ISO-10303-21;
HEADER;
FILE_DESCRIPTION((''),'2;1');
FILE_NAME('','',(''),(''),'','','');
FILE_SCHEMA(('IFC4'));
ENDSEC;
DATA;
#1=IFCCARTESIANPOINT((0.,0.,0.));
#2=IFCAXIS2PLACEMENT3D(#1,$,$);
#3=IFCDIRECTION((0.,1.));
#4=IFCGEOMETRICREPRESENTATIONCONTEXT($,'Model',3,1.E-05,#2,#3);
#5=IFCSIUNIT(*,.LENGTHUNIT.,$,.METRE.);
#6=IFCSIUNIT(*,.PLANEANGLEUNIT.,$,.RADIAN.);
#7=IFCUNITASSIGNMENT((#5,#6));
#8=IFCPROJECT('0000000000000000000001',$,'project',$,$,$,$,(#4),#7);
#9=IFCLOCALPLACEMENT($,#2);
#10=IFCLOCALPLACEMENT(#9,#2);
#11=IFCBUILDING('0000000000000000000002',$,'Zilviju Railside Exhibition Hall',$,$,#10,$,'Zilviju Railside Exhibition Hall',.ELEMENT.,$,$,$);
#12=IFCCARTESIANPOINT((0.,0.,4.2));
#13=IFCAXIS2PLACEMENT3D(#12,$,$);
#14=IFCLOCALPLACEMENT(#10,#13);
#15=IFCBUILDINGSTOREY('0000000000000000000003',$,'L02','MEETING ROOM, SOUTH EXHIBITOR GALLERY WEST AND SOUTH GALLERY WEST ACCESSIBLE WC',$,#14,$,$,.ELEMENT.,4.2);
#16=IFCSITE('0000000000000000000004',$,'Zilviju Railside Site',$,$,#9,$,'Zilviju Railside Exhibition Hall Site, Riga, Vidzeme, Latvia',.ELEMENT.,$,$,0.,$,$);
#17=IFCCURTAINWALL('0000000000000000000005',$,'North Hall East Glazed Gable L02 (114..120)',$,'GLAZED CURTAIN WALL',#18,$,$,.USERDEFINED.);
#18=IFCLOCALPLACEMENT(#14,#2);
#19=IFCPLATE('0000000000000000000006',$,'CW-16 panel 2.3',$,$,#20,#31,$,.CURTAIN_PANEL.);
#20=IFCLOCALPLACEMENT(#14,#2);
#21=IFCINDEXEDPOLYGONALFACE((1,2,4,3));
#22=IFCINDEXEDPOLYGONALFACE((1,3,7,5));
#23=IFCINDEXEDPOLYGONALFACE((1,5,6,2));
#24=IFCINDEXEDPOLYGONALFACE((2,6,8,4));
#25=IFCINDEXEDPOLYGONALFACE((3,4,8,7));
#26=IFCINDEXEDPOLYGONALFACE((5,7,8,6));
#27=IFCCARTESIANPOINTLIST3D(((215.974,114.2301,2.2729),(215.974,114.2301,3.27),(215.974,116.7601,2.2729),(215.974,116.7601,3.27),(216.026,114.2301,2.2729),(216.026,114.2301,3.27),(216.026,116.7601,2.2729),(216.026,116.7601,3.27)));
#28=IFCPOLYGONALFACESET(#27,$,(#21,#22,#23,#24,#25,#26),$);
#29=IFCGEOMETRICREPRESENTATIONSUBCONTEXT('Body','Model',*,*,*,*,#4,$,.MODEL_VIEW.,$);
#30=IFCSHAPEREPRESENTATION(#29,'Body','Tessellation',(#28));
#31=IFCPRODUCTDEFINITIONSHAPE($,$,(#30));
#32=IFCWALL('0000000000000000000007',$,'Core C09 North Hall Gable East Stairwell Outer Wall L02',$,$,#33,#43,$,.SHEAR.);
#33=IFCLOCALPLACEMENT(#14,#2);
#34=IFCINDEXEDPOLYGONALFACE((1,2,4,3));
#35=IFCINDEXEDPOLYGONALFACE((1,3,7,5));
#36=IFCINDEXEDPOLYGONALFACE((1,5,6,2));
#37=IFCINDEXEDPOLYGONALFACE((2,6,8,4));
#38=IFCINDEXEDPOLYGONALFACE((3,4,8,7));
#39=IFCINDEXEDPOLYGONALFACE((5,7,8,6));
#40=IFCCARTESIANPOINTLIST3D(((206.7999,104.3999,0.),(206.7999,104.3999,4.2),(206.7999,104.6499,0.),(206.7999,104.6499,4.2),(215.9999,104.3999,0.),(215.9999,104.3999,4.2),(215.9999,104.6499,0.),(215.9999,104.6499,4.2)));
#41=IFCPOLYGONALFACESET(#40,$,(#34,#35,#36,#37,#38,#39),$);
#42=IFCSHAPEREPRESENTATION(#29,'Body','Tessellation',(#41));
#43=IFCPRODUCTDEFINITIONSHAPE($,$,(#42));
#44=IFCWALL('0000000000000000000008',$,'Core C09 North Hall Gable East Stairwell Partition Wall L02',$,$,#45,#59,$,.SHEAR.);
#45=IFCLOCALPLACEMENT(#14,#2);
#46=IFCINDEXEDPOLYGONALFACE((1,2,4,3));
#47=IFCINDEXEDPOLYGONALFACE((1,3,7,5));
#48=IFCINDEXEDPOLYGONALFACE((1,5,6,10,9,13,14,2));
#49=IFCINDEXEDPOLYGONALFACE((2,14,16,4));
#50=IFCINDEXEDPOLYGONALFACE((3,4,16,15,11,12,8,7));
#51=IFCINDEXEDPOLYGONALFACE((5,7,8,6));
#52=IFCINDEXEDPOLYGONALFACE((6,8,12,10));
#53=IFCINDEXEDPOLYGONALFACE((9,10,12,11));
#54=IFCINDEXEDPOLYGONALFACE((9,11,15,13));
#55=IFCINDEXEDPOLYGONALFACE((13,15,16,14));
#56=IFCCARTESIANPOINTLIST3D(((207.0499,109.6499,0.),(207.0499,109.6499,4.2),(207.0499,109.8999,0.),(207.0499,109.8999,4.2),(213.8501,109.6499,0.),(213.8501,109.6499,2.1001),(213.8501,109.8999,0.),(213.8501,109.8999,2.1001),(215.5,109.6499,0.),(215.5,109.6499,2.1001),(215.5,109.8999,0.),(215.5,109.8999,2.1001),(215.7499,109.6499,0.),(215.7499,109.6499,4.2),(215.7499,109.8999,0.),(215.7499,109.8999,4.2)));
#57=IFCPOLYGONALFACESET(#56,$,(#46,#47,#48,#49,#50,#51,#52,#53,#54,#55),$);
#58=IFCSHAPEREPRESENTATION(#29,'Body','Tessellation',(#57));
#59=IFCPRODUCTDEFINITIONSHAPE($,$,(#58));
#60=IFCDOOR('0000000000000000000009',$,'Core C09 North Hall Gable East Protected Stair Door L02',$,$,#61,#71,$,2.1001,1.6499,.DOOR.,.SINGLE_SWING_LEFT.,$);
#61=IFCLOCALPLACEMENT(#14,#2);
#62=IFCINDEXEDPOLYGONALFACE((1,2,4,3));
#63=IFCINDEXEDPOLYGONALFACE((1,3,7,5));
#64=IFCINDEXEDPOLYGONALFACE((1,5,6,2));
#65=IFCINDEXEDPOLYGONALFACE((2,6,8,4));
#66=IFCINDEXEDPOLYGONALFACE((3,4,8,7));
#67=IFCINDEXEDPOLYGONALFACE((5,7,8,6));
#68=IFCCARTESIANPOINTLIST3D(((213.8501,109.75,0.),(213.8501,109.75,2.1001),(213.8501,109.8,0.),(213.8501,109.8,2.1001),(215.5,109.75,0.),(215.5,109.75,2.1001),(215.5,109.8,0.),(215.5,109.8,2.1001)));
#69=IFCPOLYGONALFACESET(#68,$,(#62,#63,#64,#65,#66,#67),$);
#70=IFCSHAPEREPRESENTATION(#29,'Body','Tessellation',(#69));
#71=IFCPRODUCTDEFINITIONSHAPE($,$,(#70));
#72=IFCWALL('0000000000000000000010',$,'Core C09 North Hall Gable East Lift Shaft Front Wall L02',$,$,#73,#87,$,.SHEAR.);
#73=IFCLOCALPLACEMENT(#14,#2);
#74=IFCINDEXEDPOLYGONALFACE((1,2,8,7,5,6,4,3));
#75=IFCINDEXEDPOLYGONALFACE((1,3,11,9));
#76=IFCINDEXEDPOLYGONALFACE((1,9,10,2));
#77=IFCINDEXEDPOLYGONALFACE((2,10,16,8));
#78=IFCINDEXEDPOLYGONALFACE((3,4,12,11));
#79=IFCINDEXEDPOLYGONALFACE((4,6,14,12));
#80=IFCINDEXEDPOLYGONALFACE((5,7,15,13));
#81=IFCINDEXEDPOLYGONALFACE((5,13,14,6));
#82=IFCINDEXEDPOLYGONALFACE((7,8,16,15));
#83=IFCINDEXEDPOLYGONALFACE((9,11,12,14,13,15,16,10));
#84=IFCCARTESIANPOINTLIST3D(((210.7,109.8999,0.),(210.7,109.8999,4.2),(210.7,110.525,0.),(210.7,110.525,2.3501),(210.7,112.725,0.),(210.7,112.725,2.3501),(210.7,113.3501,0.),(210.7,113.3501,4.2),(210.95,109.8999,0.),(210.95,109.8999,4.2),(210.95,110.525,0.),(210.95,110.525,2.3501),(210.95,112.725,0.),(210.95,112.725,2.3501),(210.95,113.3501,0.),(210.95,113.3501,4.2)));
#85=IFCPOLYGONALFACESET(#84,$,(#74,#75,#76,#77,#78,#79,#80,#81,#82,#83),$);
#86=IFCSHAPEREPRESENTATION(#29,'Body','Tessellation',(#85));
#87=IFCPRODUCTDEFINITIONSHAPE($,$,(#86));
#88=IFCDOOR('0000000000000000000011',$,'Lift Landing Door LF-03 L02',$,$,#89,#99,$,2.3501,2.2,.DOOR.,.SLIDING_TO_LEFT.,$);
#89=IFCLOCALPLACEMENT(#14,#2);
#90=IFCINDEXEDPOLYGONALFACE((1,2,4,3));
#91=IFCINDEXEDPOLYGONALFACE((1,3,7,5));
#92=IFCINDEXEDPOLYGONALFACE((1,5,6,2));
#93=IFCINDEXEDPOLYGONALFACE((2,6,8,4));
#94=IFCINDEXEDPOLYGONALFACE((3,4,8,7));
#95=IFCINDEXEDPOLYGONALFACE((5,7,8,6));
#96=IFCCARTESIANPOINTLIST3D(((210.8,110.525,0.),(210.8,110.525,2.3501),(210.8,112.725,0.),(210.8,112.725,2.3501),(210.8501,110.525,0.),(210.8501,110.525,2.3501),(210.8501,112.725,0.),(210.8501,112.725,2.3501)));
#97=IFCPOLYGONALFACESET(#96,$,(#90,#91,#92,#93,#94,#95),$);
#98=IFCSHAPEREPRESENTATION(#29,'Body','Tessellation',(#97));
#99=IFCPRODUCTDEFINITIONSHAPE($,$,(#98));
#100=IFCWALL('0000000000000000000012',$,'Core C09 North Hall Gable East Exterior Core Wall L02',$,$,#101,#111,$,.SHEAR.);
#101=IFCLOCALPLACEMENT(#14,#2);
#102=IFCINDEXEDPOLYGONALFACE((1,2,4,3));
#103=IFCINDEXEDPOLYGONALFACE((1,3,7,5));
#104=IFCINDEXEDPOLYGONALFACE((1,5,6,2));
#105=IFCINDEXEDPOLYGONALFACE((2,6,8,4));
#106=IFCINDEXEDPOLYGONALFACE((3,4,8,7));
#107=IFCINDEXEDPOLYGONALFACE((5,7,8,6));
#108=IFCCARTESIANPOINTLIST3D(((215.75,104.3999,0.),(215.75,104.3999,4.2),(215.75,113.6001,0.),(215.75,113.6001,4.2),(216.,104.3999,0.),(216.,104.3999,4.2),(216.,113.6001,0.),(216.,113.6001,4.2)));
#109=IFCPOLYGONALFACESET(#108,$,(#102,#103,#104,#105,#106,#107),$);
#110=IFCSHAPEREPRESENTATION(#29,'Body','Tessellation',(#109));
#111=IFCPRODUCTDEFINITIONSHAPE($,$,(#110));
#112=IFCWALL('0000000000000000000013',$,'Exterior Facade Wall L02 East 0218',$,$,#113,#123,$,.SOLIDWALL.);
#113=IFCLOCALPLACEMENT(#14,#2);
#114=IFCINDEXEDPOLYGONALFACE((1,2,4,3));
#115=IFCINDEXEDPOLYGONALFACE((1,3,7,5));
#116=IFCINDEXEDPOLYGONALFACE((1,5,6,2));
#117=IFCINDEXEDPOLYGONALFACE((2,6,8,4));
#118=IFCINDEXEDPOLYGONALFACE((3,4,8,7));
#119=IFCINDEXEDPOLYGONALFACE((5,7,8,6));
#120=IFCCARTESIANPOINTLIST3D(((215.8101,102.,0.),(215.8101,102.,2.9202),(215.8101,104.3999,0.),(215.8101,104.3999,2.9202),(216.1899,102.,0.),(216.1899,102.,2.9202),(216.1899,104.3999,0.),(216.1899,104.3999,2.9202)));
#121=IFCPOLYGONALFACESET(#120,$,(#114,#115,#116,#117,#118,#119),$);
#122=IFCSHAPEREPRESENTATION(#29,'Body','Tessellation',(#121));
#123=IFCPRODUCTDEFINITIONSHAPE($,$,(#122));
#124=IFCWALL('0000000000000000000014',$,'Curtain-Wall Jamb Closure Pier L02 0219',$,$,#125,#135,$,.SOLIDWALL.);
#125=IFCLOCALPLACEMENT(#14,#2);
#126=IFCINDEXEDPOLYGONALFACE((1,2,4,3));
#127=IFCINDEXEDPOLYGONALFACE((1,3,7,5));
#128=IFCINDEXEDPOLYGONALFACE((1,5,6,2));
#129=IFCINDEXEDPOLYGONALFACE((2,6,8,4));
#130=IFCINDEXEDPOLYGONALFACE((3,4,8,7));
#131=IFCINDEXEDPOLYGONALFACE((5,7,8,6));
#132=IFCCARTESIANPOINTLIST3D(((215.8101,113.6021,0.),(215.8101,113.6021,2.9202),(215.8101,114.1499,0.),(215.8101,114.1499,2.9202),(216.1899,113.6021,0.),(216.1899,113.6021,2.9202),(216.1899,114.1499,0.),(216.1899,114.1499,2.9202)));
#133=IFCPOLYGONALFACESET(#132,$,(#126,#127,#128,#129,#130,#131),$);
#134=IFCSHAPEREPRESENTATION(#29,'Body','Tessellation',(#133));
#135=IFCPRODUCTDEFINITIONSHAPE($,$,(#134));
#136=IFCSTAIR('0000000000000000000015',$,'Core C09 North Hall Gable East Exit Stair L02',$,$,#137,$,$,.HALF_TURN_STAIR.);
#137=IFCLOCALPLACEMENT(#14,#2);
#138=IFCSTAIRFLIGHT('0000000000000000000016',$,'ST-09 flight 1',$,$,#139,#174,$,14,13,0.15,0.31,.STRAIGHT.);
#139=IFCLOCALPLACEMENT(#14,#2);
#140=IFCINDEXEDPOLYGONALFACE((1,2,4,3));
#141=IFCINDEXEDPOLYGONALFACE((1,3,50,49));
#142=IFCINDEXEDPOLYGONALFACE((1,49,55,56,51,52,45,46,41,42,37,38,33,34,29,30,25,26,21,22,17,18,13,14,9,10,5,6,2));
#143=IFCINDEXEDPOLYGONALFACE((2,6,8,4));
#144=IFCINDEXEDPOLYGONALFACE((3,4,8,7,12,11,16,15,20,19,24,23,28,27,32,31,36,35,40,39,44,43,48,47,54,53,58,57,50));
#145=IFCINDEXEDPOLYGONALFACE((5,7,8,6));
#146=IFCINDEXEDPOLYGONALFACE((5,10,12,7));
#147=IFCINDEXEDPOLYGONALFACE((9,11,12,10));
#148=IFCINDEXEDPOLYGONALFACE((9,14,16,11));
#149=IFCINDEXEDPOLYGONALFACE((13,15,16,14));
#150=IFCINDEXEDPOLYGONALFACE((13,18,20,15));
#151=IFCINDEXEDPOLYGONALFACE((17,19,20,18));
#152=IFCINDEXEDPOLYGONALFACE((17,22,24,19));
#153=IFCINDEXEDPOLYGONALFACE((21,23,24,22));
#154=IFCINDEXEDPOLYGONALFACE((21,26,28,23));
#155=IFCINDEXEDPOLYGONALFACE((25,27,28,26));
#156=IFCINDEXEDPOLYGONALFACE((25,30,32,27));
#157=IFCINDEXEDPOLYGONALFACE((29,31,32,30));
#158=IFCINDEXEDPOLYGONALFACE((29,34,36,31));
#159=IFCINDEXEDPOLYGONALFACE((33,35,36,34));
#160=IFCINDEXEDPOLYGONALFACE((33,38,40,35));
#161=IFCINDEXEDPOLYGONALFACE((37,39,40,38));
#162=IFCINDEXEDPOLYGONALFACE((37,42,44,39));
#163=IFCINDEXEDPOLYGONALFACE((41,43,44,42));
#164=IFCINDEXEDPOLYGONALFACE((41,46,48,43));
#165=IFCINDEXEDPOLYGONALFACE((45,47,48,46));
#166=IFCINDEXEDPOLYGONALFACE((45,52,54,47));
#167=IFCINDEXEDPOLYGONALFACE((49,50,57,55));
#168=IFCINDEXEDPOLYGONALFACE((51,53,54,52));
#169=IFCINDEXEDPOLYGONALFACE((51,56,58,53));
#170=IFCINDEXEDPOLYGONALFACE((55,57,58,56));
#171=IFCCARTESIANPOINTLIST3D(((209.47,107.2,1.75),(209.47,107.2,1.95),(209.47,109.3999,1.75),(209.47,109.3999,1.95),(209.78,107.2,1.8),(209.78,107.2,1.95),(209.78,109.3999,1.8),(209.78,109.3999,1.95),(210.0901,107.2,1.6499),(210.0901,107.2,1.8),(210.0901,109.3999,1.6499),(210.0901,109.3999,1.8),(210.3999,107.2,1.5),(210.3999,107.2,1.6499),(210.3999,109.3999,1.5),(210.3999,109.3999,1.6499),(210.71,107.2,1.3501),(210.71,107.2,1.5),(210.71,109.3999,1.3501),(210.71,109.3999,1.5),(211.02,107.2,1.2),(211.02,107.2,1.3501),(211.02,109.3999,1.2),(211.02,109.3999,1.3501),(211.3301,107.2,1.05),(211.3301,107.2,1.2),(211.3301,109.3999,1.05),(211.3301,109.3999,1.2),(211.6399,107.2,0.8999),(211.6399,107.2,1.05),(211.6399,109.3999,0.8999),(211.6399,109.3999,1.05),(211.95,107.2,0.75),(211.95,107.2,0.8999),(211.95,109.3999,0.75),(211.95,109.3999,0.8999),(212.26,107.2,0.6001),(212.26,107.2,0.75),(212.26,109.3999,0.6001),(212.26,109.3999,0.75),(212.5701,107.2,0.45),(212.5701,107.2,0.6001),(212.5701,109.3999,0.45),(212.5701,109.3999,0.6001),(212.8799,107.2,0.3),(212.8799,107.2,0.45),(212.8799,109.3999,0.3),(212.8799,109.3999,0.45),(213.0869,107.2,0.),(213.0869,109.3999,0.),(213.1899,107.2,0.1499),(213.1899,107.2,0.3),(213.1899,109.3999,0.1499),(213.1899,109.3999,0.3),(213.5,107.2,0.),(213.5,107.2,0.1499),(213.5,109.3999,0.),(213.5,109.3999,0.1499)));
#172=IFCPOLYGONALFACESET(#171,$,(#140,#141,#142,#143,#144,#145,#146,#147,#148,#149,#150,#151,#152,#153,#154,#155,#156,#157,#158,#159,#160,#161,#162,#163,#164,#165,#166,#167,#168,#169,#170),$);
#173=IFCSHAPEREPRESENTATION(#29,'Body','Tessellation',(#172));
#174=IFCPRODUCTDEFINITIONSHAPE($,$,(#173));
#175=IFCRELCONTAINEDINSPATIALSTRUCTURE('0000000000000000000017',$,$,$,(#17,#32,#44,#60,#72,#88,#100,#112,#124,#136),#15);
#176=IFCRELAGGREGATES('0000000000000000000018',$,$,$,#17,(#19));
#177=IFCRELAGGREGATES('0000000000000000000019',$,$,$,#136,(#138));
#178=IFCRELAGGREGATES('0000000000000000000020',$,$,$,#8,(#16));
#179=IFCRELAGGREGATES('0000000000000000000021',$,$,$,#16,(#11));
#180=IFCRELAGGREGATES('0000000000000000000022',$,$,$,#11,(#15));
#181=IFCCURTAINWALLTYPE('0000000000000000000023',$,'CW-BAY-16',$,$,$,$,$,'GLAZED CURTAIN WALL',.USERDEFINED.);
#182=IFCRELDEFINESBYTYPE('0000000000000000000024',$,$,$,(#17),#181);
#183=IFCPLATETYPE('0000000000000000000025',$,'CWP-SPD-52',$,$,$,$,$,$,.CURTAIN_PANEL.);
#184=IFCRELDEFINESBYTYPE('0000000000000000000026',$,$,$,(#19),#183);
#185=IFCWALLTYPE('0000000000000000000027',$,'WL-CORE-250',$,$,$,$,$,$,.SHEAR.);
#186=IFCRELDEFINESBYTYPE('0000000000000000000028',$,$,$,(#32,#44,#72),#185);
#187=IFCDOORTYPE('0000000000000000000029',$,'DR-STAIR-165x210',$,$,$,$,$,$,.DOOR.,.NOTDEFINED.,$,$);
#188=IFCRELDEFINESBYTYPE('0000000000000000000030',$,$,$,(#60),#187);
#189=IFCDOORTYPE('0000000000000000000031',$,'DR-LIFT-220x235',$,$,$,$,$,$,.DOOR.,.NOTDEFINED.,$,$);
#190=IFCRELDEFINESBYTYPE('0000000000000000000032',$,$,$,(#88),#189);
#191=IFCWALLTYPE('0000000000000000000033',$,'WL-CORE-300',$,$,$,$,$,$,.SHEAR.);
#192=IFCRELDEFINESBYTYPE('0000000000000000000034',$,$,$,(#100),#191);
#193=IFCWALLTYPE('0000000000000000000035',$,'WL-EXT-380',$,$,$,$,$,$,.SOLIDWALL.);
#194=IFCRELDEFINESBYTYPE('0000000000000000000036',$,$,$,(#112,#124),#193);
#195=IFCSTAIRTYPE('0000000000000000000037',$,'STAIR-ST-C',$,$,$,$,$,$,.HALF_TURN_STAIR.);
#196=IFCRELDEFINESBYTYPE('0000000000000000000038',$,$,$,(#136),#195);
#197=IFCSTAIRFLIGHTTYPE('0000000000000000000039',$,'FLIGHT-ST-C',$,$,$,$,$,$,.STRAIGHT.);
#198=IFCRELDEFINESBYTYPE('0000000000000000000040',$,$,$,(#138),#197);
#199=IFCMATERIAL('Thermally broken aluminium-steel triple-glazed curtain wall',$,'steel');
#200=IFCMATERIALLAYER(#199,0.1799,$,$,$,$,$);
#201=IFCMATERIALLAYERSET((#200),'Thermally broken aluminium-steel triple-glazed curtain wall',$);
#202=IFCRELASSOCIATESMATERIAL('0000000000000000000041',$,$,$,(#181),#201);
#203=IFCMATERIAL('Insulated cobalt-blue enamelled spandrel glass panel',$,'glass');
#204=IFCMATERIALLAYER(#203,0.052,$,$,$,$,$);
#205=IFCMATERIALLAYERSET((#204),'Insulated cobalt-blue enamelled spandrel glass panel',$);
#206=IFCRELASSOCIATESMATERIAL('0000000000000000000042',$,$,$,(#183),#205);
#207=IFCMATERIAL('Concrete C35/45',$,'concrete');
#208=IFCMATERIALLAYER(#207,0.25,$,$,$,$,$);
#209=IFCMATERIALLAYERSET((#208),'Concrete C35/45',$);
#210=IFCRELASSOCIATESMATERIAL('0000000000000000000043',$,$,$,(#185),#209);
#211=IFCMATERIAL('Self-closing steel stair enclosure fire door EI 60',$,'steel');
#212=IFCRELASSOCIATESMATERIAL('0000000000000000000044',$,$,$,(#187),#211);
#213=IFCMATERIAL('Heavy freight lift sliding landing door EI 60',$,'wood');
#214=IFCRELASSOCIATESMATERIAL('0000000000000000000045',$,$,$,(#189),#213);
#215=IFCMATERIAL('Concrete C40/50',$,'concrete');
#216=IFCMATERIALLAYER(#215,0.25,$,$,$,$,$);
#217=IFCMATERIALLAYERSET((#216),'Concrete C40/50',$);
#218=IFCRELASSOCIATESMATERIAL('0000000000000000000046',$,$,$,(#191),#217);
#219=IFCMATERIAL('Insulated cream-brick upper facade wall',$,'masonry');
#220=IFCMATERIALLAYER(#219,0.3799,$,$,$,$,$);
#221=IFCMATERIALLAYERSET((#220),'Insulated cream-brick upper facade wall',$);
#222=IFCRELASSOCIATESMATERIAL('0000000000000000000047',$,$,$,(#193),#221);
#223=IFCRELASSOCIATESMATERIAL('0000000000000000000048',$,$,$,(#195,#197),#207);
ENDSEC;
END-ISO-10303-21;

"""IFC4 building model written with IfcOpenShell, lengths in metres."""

from ifc_helpers import new_model, si_unit, direction, frame, frame_2d, origin, origin_2d, place, context, subcontext, project, spatial, polyline, rectangle, outline, extrude, material, layer, layer_set, type_object, element, fill, aggregate, save


model = new_model("IFC4")

# Units and contexts
model_context = context("Model", 3, precision=1e-05, world=origin(), true_north=direction((0.0, 1.0)))
body_context = subcontext(model_context, "Body", "Model", "MODEL_VIEW")
ifc_project = project(units=[si_unit("LENGTHUNIT", "METRE"), si_unit("PLANEANGLEUNIT", "RADIAN")], contexts=[model_context])

# Site, building, storey
site_placement = place(None, origin())
site = spatial("IfcSite", under=ifc_project, at=site_placement, Name="Zilviju Railside Site", LongName="Zilviju Railside Exhibition Hall Site, Riga, Vidzeme, Latvia", CompositionType="ELEMENT", RefElevation=0.0)
building_placement = place(site_placement, origin())
building = spatial("IfcBuilding", under=site, at=building_placement, Name="Zilviju Railside Exhibition Hall", LongName="Zilviju Railside Exhibition Hall", CompositionType="ELEMENT")
storey_placement = place(building_placement, frame((0.0, 0.0, 4.2)))
storey = spatial("IfcBuildingStorey", under=building, at=storey_placement, Name="L02", Description="MEETING ROOM, SOUTH EXHIBITOR GALLERY WEST AND SOUTH GALLERY WEST ACCESSIBLE WC", CompositionType="ELEMENT", Elevation=4.2)

# Curtain wall, plate
ifc_material_1 = material(Name="Thermally broken aluminium-steel triple-glazed curtain wall", Category="steel")
ifc_layer_1 = layer(ifc_material_1, 0.1799)
ifc_layer_set_1 = layer_set([ifc_layer_1], Name="Thermally broken aluminium-steel triple-glazed curtain wall")
curtain_wall_type = type_object("IfcCurtainWallType", Name="CW-BAY-16", ElementType="GLAZED CURTAIN WALL", PredefinedType="USERDEFINED", material=ifc_layer_set_1)
curtain_wall_placement = place(storey_placement, origin())
curtain_wall = element("IfcCurtainWall", 1, at=curtain_wall_placement, inside=storey, type_object=curtain_wall_type, Name="North Hall East Glazed Gable L02 (114..120)", ObjectType="GLAZED CURTAIN WALL", PredefinedType="USERDEFINED")
ifc_material_2 = material(Name="Insulated cobalt-blue enamelled spandrel glass panel", Category="glass")
ifc_layer_2 = layer(ifc_material_2, 0.052)
ifc_layer_set_2 = layer_set([ifc_layer_2], Name="Insulated cobalt-blue enamelled spandrel glass panel")
plate_type = type_object("IfcPlateType", Name="CWP-SPD-52", PredefinedType="CURTAIN_PANEL", material=ifc_layer_set_2)
plate_1_placement = place(storey_placement, frame((216.0, 115.4951, 2.2729), z_axis=(0.0, 0.0, 1.0), x_axis=(0.0, -1.0, 0.0)))
plate_1 = element("IfcPlate", 2, at=plate_1_placement, type_object=plate_type, Name="CW-16 panel 2.3", PredefinedType="CURTAIN_PANEL", context=body_context, shape_type="SweptSolid", body=[
    extrude(rectangle(XDim=2.53, YDim=0.052, at=origin_2d()), origin(), (0.0, 0.0, 1.0), 0.9971),
])
aggregate(curtain_wall, [plate_1])

# Wall
ifc_material_3 = material(Name="Concrete C35/45", Category="concrete")
ifc_layer_3 = layer(ifc_material_3, 0.25)
ifc_layer_set_3 = layer_set([ifc_layer_3], Name="Concrete C35/45")
wall_type_1 = type_object("IfcWallType", Name="WL-CORE-250", PredefinedType="SHEAR", material=ifc_layer_set_3)
wall_1_placement = place(storey_placement, frame((216.0, 104.5249, 0.0), z_axis=(0.0, 0.0, 1.0), x_axis=(-1.0, 0.0, 0.0)))
element("IfcWall", 3, at=wall_1_placement, inside=storey, type_object=wall_type_1, Name="Core C09 North Hall Gable East Stairwell Outer Wall L02", PredefinedType="SHEAR", context=body_context, shape_type="SweptSolid", body=[
    extrude(rectangle(XDim=9.2, YDim=0.25, at=frame_2d((4.6001, 0.0))), origin(), (0.0, 0.0, 1.0), 4.2),
])

# Walls, openings, doors
wall_2_placement = place(storey_placement, frame((215.75, 109.7749, 0.0), z_axis=(0.0, 0.0, 1.0), x_axis=(-1.0, 0.0, 0.0)))
wall_2 = element("IfcWall", 4, at=wall_2_placement, inside=storey, type_object=wall_type_1, Name="Core C09 North Hall Gable East Stairwell Partition Wall L02", PredefinedType="SHEAR", context=body_context, shape_type="SweptSolid", body=[
    extrude(rectangle(XDim=8.7, YDim=0.25, at=frame_2d((4.3501, 0.0))), origin(), (0.0, 0.0, 1.0), 4.2),
])
opening_1_placement = place(wall_2_placement, frame((0.25, 0.0, 0.0)))
opening_1 = element("IfcOpeningElement", 5, at=opening_1_placement, cuts=wall_2, PredefinedType="OPENING", context=body_context, shape_type="SweptSolid", body=[
    extrude(rectangle(XDim=1.6499, YDim=2.1001, at=frame_2d((0.825, 1.05))), frame((0.0, 0.135, 0.0), z_axis=(0.0, -1.0, 0.0), x_axis=(1.0, 0.0, 0.0)), (0.0, 0.0, 1.0), 0.27),
])
ifc_material_4 = material(Name="Self-closing steel stair enclosure fire door EI 60", Category="steel")
door_type_1 = type_object("IfcDoorType", Name="DR-STAIR-165x210", OperationType="NOTDEFINED", PredefinedType="DOOR", material=ifc_material_4)
door_1_placement = place(opening_1_placement, origin())
door_1 = element("IfcDoor", 6, at=door_1_placement, inside=storey, type_object=door_type_1, Name="Core C09 North Hall Gable East Protected Stair Door L02", OperationType="SINGLE_SWING_LEFT", OverallHeight=2.1001, OverallWidth=1.6499, PredefinedType="DOOR", context=body_context, shape_type="SweptSolid", body=[
    extrude(rectangle(XDim=1.6499, YDim=2.1001, at=frame_2d((0.825, 1.05))), frame((0.0, 0.0249, 0.0), z_axis=(0.0, -1.0, 0.0), x_axis=(1.0, 0.0, 0.0)), (0.0, 0.0, 1.0), 0.05),
])
fill(opening_1, door_1)
wall_3_placement = place(storey_placement, frame((210.825, 109.8999, 0.0), z_axis=(0.0, 0.0, 1.0), x_axis=(0.0, 1.0, 0.0)))
wall_3 = element("IfcWall", 7, at=wall_3_placement, inside=storey, type_object=wall_type_1, Name="Core C09 North Hall Gable East Lift Shaft Front Wall L02", PredefinedType="SHEAR", context=body_context, shape_type="SweptSolid", body=[
    extrude(rectangle(XDim=3.4502, YDim=0.25, at=frame_2d((1.7251, 0.0))), origin(), (0.0, 0.0, 1.0), 4.2),
])
opening_2_placement = place(wall_3_placement, frame((0.625, 0.0, 0.0)))
opening_2 = element("IfcOpeningElement", 8, at=opening_2_placement, cuts=wall_3, PredefinedType="OPENING", context=body_context, shape_type="SweptSolid", body=[
    extrude(rectangle(XDim=2.2, YDim=2.3501, at=frame_2d((1.1001, 1.175))), frame((0.0, 0.135, 0.0), z_axis=(0.0, -1.0, 0.0), x_axis=(1.0, 0.0, 0.0)), (0.0, 0.0, 1.0), 0.27),
])
ifc_material_5 = material(Name="Heavy freight lift sliding landing door EI 60", Category="wood")
door_type_2 = type_object("IfcDoorType", Name="DR-LIFT-220x235", OperationType="NOTDEFINED", PredefinedType="DOOR", material=ifc_material_5)
door_2_placement = place(opening_2_placement, origin())
door_2 = element("IfcDoor", 9, at=door_2_placement, inside=storey, type_object=door_type_2, Name="Lift Landing Door LF-03 L02", OperationType="SLIDING_TO_LEFT", OverallHeight=2.3501, OverallWidth=2.2, PredefinedType="DOOR", context=body_context, shape_type="SweptSolid", body=[
    extrude(rectangle(XDim=2.2, YDim=2.3501, at=frame_2d((1.1001, 1.175))), frame((0.0, 0.0249, 0.0), z_axis=(0.0, -1.0, 0.0), x_axis=(1.0, 0.0, 0.0)), (0.0, 0.0, 1.0), 0.05),
])
fill(opening_2, door_2)

# Walls
ifc_material_6 = material(Name="Concrete C40/50", Category="concrete")
ifc_layer_4 = layer(ifc_material_6, 0.25)
ifc_layer_set_4 = layer_set([ifc_layer_4], Name="Concrete C40/50")
wall_type_2 = type_object("IfcWallType", Name="WL-CORE-300", PredefinedType="SHEAR", material=ifc_layer_set_4)
wall_4_placement = place(storey_placement, frame((215.875, 113.6001, 0.0), z_axis=(0.0, 0.0, 1.0), x_axis=(0.0, -1.0, 0.0)))
element("IfcWall", 10, at=wall_4_placement, inside=storey, type_object=wall_type_2, Name="Core C09 North Hall Gable East Exterior Core Wall L02", PredefinedType="SHEAR", context=body_context, shape_type="SweptSolid", body=[
    extrude(rectangle(XDim=9.2002, YDim=0.25, at=frame_2d((4.6001, 0.0))), origin(), (0.0, 0.0, 1.0), 4.2),
])
ifc_material_7 = material(Name="Insulated cream-brick upper facade wall", Category="masonry")
ifc_layer_5 = layer(ifc_material_7, 0.3799)
ifc_layer_set_5 = layer_set([ifc_layer_5], Name="Insulated cream-brick upper facade wall")
wall_type_3 = type_object("IfcWallType", Name="WL-EXT-380", PredefinedType="SOLIDWALL", material=ifc_layer_set_5)
wall_5_placement = place(storey_placement, frame((216.0, 104.3999, 0.0), z_axis=(0.0, 0.0, 1.0), x_axis=(0.0, -1.0, 0.0)))
element("IfcWall", 11, at=wall_5_placement, inside=storey, type_object=wall_type_3, Name="Exterior Facade Wall L02 East 0218", PredefinedType="SOLIDWALL", context=body_context, shape_type="SweptSolid", body=[
    extrude(rectangle(XDim=2.3999, YDim=0.3799, at=frame_2d((1.2, 0.0))), origin(), (0.0, 0.0, 1.0), 2.9202),
])
wall_6_placement = place(storey_placement, frame((216.0, 114.1499, 0.0), z_axis=(0.0, 0.0, 1.0), x_axis=(0.0, -1.0, 0.0)))
element("IfcWall", 12, at=wall_6_placement, inside=storey, type_object=wall_type_3, Name="Curtain-Wall Jamb Closure Pier L02 0219", PredefinedType="SOLIDWALL", context=body_context, shape_type="SweptSolid", body=[
    extrude(rectangle(XDim=0.5479, YDim=0.3799, at=frame_2d((0.2739, 0.0))), origin(), (0.0, 0.0, 1.0), 2.9202),
])

# Stair, stair flight
stair_type = type_object("IfcStairType", Name="STAIR-ST-C", PredefinedType="HALF_TURN_STAIR", material=ifc_material_3)
stair_placement = place(storey_placement, origin())
stair = element("IfcStair", 13, at=stair_placement, inside=storey, type_object=stair_type, Name="Core C09 North Hall Gable East Exit Stair L02", PredefinedType="HALF_TURN_STAIR")
stair_flight_type = type_object("IfcStairFlightType", Name="FLIGHT-ST-C", PredefinedType="STRAIGHT", material=ifc_material_3)
stair_flight_1_placement = place(storey_placement, frame((213.5, 108.3, 0.0), z_axis=(0.0, 0.0, 1.0), x_axis=(-1.0, 0.0, 0.0)))
stair_flight_1 = element("IfcStairFlight", 14, at=stair_flight_1_placement, type_object=stair_flight_type, Name="ST-09 flight 1", NumberOfRisers=14, NumberOfTreads=13, PredefinedType="STRAIGHT", RiserHeight=0.15, TreadLength=0.31, context=body_context, shape_type="SweptSolid", body=[
    extrude(outline(polyline([(0.0, 0.0), (0.0, 0.1499), (0.3101, 0.1499), (0.3101, 0.3), (0.6201, 0.3), (0.6201, 0.45), (0.9299, 0.45), (0.9299, 0.6001), (1.24, 0.6001), (1.24, 0.75), (1.55, 0.75), (1.55, 0.8999), (1.8601, 0.8999), (1.8601, 1.05), (2.1699, 1.05), (2.1699, 1.2), (2.48, 1.2), (2.48, 1.3501), (2.79, 1.3501), (2.79, 1.5), (3.1001, 1.5), (3.1001, 1.6499), (3.4099, 1.6499), (3.4099, 1.8), (3.72, 1.8), (3.72, 1.95), (4.03, 1.95), (4.03, 2.1001), (4.03, 1.75), (0.4131, 0.0), (0.0, 0.0)])), frame((0.0, 1.1001, 0.0), z_axis=(0.0, -1.0, 0.0), x_axis=(1.0, 0.0, 0.0)), (0.0, 0.0, 1.0), 2.2),
])
aggregate(stair, [stair_flight_1])

save(model, "model.ifc")
